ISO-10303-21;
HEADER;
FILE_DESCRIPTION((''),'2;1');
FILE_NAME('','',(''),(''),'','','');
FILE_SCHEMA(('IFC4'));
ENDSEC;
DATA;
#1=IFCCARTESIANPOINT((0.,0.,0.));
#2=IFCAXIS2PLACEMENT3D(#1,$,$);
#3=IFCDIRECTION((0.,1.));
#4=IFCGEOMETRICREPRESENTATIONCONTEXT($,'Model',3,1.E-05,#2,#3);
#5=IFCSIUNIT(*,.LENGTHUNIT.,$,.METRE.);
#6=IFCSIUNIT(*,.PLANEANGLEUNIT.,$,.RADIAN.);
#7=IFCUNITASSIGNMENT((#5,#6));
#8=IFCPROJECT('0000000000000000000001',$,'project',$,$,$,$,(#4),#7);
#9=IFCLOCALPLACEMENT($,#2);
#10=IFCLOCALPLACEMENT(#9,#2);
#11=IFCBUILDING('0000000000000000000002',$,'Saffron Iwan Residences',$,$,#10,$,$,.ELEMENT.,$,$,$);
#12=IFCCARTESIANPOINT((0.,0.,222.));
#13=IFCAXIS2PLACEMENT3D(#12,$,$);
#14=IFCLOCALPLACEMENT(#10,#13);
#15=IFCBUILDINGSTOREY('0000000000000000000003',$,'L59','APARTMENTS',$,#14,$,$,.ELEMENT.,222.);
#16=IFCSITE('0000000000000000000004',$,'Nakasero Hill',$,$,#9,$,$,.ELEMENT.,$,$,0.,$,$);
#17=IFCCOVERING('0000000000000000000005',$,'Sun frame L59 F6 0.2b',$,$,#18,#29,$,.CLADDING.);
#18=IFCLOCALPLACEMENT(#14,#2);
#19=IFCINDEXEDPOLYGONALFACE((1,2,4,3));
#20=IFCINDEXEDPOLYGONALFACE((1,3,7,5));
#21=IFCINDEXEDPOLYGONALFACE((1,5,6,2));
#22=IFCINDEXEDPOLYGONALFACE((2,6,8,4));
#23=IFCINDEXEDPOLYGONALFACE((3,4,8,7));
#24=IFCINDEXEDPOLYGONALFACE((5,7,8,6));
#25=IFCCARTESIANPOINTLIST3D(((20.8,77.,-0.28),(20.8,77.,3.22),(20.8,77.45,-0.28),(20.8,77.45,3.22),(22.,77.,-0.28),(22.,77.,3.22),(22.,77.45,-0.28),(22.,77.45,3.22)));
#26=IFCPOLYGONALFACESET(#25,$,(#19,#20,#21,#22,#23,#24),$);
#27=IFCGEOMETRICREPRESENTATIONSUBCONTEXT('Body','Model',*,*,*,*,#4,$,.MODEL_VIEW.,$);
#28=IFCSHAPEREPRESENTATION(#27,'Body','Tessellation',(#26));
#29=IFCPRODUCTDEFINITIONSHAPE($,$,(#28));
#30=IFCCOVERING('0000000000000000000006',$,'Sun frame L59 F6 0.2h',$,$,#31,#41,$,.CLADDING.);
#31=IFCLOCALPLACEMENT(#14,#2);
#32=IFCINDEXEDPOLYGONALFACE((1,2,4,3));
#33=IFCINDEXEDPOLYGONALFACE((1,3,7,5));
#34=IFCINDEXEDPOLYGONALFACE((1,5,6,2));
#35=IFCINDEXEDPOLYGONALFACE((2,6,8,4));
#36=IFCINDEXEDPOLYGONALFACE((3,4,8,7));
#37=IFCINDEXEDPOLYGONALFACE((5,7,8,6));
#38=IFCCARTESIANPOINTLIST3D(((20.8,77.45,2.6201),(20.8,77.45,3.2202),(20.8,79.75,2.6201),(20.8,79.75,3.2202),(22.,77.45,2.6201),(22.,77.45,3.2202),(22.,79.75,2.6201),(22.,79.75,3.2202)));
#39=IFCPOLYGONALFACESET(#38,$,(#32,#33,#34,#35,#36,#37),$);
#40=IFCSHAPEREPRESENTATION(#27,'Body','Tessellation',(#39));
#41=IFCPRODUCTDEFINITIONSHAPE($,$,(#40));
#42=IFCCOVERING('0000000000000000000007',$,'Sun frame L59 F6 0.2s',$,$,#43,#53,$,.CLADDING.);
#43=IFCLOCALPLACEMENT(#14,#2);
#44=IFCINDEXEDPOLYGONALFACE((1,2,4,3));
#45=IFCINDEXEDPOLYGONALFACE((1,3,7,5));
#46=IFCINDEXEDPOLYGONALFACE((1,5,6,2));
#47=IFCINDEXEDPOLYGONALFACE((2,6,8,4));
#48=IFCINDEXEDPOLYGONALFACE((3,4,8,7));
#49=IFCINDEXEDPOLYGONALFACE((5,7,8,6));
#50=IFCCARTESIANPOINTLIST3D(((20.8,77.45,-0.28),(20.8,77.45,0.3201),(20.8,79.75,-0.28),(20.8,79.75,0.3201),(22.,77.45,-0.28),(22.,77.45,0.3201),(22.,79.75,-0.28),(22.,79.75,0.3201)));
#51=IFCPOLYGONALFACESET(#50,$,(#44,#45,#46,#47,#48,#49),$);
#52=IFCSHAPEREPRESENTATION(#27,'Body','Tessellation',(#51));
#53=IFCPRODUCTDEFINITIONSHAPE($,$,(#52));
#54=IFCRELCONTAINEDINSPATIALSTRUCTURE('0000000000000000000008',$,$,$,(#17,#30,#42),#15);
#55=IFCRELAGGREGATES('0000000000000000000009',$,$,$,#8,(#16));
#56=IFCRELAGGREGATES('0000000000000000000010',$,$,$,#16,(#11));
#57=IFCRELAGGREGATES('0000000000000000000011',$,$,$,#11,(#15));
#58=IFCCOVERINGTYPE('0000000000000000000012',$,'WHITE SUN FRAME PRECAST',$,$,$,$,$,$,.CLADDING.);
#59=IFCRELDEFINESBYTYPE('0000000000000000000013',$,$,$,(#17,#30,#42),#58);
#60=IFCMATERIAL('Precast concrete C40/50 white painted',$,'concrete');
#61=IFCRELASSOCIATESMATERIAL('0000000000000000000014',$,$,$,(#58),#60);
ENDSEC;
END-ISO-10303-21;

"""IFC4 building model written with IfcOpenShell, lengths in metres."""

from ifc_helpers import new_model, si_unit, direction, frame, origin, place, context, subcontext, project, spatial, polyline, outline, extrude, material, type_object, element, save


model = new_model("IFC4")

# Units and contexts
model_context = context("Model", 3, precision=1e-05, world=origin(), true_north=direction((0.0, 1.0)))
body_context = subcontext(model_context, "Body", "Model", "MODEL_VIEW")
ifc_project = project(units=[si_unit("LENGTHUNIT", "METRE"), si_unit("PLANEANGLEUNIT", "RADIAN")], contexts=[model_context])

# Site, building, storey
site_placement = place(None, origin())
site = spatial("IfcSite", under=ifc_project, at=site_placement, Name="Nakasero Hill", CompositionType="ELEMENT", RefElevation=0.0)
building_placement = place(site_placement, origin())
building = spatial("IfcBuilding", under=site, at=building_placement, Name="Saffron Iwan Residences", CompositionType="ELEMENT")
storey_placement = place(building_placement, frame((0.0, 0.0, 222.0)))
storey = spatial("IfcBuildingStorey", under=building, at=storey_placement, Name="L59", Description="APARTMENTS", CompositionType="ELEMENT", Elevation=222.0)

# Coverings
ifc_material_1 = material(Name="Precast concrete C40/50 white painted", Category="concrete")
covering_type_1 = type_object("IfcCoveringType", Name="WHITE SUN FRAME PRECAST", PredefinedType="CLADDING", material=ifc_material_1)
for number, where, z_axis, x_axis, name in (
    (1, (22.0, 77.45, -0.28), (-1.0, 0.0, 0.0), (0.0, -1.0, 0.0), "Sun frame L59 F6 0.2b"),
):
    element("IfcCovering", number, at=place(storey_placement, frame(where, z_axis=z_axis, x_axis=x_axis)), inside=storey, type_object=covering_type_1, Name=name, PredefinedType="CLADDING", context=body_context, shape_type="SweptSolid", body=[
        extrude(outline(polyline([(0.0, 0.0), (0.45, 0.0), (0.45, 3.5), (0.0, 3.5), (0.0, 0.0)])), origin(), (0.0, 0.0, 1.0), 1.2),
    ])
for number, where, z_axis, x_axis, name in (
    (2, (22.0, 79.75, 2.6201), (-1.0, 0.0, 0.0), (0.0, -1.0, 0.0), "Sun frame L59 F6 0.2h"),
    (3, (22.0, 79.75, -0.28), (-1.0, 0.0, 0.0), (0.0, -1.0, 0.0), "Sun frame L59 F6 0.2s"),
):
    element("IfcCovering", number, at=place(storey_placement, frame(where, z_axis=z_axis, x_axis=x_axis)), inside=storey, type_object=covering_type_1, Name=name, PredefinedType="CLADDING", context=body_context, shape_type="SweptSolid", body=[
        extrude(outline(polyline([(0.0, 0.0), (2.3, 0.0), (2.3, 0.6001), (0.0, 0.6001), (0.0, 0.0)])), origin(), (0.0, 0.0, 1.0), 1.2),
    ])

save(model, "model.ifc")
